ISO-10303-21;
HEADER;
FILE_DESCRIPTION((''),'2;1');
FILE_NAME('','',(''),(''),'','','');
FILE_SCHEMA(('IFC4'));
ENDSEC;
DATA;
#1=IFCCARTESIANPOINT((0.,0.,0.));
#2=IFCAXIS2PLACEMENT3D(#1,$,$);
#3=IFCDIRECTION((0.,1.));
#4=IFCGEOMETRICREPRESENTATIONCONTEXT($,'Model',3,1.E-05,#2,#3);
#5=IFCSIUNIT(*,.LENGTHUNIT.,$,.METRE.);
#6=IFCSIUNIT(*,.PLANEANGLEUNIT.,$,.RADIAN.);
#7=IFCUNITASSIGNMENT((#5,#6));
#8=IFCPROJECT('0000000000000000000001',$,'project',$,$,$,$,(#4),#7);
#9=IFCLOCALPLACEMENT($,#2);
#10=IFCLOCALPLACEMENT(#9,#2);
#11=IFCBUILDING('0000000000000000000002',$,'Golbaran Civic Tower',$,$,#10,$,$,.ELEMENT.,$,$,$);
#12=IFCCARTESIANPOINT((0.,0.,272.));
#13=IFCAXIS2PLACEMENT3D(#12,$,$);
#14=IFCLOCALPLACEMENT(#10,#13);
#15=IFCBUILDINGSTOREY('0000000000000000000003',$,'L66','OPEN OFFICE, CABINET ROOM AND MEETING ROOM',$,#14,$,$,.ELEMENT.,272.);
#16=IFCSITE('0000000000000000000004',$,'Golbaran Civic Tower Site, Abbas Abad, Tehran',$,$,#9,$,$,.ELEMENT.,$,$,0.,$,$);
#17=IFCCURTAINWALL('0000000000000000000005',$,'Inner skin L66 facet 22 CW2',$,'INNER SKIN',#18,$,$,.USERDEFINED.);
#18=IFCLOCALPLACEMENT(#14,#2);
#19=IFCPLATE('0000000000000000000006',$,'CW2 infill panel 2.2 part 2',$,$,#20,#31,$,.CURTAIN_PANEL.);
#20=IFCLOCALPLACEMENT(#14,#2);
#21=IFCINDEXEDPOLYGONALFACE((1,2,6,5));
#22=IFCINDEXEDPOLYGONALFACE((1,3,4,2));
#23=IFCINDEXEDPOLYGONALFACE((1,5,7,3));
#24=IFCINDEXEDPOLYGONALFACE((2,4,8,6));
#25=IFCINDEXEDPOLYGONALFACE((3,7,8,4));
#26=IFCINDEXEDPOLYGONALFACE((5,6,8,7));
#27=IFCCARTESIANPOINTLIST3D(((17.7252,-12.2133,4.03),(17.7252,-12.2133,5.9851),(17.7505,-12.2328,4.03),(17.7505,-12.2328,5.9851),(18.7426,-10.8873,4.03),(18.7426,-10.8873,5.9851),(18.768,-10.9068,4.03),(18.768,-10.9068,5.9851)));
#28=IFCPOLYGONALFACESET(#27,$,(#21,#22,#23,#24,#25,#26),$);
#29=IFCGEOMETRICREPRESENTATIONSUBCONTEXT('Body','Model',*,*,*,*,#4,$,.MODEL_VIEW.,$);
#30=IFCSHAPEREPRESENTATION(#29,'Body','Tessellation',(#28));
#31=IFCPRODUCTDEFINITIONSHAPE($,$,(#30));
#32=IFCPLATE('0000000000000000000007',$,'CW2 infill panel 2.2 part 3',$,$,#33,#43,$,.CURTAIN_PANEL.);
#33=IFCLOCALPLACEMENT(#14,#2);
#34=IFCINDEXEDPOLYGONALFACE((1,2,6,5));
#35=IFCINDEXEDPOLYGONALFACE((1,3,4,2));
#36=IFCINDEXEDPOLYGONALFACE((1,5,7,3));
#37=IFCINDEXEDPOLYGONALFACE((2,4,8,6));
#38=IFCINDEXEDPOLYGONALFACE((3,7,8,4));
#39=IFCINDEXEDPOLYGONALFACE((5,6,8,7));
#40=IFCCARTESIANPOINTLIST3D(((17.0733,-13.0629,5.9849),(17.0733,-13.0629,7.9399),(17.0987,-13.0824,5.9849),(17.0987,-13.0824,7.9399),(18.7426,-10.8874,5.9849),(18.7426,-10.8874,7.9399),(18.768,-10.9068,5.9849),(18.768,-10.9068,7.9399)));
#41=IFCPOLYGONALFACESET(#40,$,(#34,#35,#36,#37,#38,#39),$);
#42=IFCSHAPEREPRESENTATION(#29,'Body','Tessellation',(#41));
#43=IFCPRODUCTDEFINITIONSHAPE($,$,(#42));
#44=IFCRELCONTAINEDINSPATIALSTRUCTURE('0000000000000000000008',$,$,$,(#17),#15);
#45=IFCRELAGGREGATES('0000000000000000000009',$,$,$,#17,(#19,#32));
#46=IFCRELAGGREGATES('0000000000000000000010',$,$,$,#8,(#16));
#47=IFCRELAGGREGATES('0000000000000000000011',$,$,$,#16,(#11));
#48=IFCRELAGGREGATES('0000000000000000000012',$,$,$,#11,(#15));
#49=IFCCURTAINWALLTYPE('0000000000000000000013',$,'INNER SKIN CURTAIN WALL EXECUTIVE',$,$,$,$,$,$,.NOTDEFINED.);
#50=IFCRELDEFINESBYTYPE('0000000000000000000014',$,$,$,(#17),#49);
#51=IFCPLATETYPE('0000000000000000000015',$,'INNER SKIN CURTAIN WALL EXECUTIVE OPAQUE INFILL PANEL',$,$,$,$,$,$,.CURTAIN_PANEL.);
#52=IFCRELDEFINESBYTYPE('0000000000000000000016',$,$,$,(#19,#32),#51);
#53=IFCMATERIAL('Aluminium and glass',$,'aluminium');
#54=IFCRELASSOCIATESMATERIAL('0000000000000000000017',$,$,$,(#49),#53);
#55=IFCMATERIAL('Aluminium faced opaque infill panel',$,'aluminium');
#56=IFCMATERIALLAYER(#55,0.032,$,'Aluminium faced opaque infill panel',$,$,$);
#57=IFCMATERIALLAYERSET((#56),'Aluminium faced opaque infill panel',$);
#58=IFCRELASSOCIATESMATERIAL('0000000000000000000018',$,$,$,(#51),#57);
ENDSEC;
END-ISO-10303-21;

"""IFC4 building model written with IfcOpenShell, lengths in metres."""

from ifc_helpers import new_model, si_unit, direction, frame, origin, origin_2d, place, context, subcontext, project, spatial, rectangle, extrude, material, layer, layer_set, type_object, element, aggregate, save


model = new_model("IFC4")

# Units and contexts
model_context = context("Model", 3, precision=1e-05, world=origin(), true_north=direction((0.0, 1.0)))
body_context = subcontext(model_context, "Body", "Model", "MODEL_VIEW")
ifc_project = project(units=[si_unit("LENGTHUNIT", "METRE"), si_unit("PLANEANGLEUNIT", "RADIAN")], contexts=[model_context])

# Site, building, storey
site_placement = place(None, origin())
site = spatial("IfcSite", under=ifc_project, at=site_placement, Name="Golbaran Civic Tower Site, Abbas Abad, Tehran", CompositionType="ELEMENT", RefElevation=0.0)
building_placement = place(site_placement, origin())
building = spatial("IfcBuilding", under=site, at=building_placement, Name="Golbaran Civic Tower", CompositionType="ELEMENT")
storey_placement = place(building_placement, frame((0.0, 0.0, 272.0)))
storey = spatial("IfcBuildingStorey", under=building, at=storey_placement, Name="L66", Description="OPEN OFFICE, CABINET ROOM AND MEETING ROOM", CompositionType="ELEMENT", Elevation=272.0)

# Curtain wall
ifc_material_1 = material(Name="Aluminium and glass", Category="aluminium")
curtain_wall_type = type_object("IfcCurtainWallType", Name="INNER SKIN CURTAIN WALL EXECUTIVE", PredefinedType="NOTDEFINED", material=ifc_material_1)
curtain_wall_1_placement = place(storey_placement, origin())
curtain_wall_1 = element("IfcCurtainWall", 1, at=curtain_wall_1_placement, inside=storey, type_object=curtain_wall_type, Name="Inner skin L66 facet 22 CW2", ObjectType="INNER SKIN", PredefinedType="USERDEFINED")

# Plates
ifc_material_2 = material(Name="Aluminium faced opaque infill panel", Category="aluminium")
ifc_layer_1 = layer(ifc_material_2, 0.032, Name="Aluminium faced opaque infill panel")
ifc_layer_set_1 = layer_set([ifc_layer_1], Name="Aluminium faced opaque infill panel")
plate_type_1 = type_object("IfcPlateType", Name="INNER SKIN CURTAIN WALL EXECUTIVE OPAQUE INFILL PANEL", PredefinedType="CURTAIN_PANEL", material=ifc_layer_set_1)
plate_1_placement = place(storey_placement, frame((18.2466, -11.5601, 4.03), z_axis=(0.0, 0.0, 1.0), x_axis=(0.608761, 0.793353, 0.0)))
plate_1 = element("IfcPlate", 2, at=plate_1_placement, type_object=plate_type_1, Name="CW2 infill panel 2.2 part 2", PredefinedType="CURTAIN_PANEL", context=body_context, shape_type="SweptSolid", body=[
    extrude(rectangle(XDim=1.6714, YDim=0.032, at=origin_2d()), origin(), (0.0, 0.0, 1.0), 1.9551),
])
plate_2_placement = place(storey_placement, frame((17.9207, -11.9849, 5.9849), z_axis=(0.0, 0.0, 1.0), x_axis=(0.608761, 0.793353, 0.0)))
plate_2 = element("IfcPlate", 3, at=plate_2_placement, type_object=plate_type_1, Name="CW2 infill panel 2.2 part 3", PredefinedType="CURTAIN_PANEL", context=body_context, shape_type="SweptSolid", body=[
    extrude(rectangle(XDim=2.7422, YDim=0.032, at=origin_2d()), origin(), (0.0, 0.0, 1.0), 1.9551),
])
aggregate(curtain_wall_1, [plate_1, plate_2])

save(model, "model.ifc")
